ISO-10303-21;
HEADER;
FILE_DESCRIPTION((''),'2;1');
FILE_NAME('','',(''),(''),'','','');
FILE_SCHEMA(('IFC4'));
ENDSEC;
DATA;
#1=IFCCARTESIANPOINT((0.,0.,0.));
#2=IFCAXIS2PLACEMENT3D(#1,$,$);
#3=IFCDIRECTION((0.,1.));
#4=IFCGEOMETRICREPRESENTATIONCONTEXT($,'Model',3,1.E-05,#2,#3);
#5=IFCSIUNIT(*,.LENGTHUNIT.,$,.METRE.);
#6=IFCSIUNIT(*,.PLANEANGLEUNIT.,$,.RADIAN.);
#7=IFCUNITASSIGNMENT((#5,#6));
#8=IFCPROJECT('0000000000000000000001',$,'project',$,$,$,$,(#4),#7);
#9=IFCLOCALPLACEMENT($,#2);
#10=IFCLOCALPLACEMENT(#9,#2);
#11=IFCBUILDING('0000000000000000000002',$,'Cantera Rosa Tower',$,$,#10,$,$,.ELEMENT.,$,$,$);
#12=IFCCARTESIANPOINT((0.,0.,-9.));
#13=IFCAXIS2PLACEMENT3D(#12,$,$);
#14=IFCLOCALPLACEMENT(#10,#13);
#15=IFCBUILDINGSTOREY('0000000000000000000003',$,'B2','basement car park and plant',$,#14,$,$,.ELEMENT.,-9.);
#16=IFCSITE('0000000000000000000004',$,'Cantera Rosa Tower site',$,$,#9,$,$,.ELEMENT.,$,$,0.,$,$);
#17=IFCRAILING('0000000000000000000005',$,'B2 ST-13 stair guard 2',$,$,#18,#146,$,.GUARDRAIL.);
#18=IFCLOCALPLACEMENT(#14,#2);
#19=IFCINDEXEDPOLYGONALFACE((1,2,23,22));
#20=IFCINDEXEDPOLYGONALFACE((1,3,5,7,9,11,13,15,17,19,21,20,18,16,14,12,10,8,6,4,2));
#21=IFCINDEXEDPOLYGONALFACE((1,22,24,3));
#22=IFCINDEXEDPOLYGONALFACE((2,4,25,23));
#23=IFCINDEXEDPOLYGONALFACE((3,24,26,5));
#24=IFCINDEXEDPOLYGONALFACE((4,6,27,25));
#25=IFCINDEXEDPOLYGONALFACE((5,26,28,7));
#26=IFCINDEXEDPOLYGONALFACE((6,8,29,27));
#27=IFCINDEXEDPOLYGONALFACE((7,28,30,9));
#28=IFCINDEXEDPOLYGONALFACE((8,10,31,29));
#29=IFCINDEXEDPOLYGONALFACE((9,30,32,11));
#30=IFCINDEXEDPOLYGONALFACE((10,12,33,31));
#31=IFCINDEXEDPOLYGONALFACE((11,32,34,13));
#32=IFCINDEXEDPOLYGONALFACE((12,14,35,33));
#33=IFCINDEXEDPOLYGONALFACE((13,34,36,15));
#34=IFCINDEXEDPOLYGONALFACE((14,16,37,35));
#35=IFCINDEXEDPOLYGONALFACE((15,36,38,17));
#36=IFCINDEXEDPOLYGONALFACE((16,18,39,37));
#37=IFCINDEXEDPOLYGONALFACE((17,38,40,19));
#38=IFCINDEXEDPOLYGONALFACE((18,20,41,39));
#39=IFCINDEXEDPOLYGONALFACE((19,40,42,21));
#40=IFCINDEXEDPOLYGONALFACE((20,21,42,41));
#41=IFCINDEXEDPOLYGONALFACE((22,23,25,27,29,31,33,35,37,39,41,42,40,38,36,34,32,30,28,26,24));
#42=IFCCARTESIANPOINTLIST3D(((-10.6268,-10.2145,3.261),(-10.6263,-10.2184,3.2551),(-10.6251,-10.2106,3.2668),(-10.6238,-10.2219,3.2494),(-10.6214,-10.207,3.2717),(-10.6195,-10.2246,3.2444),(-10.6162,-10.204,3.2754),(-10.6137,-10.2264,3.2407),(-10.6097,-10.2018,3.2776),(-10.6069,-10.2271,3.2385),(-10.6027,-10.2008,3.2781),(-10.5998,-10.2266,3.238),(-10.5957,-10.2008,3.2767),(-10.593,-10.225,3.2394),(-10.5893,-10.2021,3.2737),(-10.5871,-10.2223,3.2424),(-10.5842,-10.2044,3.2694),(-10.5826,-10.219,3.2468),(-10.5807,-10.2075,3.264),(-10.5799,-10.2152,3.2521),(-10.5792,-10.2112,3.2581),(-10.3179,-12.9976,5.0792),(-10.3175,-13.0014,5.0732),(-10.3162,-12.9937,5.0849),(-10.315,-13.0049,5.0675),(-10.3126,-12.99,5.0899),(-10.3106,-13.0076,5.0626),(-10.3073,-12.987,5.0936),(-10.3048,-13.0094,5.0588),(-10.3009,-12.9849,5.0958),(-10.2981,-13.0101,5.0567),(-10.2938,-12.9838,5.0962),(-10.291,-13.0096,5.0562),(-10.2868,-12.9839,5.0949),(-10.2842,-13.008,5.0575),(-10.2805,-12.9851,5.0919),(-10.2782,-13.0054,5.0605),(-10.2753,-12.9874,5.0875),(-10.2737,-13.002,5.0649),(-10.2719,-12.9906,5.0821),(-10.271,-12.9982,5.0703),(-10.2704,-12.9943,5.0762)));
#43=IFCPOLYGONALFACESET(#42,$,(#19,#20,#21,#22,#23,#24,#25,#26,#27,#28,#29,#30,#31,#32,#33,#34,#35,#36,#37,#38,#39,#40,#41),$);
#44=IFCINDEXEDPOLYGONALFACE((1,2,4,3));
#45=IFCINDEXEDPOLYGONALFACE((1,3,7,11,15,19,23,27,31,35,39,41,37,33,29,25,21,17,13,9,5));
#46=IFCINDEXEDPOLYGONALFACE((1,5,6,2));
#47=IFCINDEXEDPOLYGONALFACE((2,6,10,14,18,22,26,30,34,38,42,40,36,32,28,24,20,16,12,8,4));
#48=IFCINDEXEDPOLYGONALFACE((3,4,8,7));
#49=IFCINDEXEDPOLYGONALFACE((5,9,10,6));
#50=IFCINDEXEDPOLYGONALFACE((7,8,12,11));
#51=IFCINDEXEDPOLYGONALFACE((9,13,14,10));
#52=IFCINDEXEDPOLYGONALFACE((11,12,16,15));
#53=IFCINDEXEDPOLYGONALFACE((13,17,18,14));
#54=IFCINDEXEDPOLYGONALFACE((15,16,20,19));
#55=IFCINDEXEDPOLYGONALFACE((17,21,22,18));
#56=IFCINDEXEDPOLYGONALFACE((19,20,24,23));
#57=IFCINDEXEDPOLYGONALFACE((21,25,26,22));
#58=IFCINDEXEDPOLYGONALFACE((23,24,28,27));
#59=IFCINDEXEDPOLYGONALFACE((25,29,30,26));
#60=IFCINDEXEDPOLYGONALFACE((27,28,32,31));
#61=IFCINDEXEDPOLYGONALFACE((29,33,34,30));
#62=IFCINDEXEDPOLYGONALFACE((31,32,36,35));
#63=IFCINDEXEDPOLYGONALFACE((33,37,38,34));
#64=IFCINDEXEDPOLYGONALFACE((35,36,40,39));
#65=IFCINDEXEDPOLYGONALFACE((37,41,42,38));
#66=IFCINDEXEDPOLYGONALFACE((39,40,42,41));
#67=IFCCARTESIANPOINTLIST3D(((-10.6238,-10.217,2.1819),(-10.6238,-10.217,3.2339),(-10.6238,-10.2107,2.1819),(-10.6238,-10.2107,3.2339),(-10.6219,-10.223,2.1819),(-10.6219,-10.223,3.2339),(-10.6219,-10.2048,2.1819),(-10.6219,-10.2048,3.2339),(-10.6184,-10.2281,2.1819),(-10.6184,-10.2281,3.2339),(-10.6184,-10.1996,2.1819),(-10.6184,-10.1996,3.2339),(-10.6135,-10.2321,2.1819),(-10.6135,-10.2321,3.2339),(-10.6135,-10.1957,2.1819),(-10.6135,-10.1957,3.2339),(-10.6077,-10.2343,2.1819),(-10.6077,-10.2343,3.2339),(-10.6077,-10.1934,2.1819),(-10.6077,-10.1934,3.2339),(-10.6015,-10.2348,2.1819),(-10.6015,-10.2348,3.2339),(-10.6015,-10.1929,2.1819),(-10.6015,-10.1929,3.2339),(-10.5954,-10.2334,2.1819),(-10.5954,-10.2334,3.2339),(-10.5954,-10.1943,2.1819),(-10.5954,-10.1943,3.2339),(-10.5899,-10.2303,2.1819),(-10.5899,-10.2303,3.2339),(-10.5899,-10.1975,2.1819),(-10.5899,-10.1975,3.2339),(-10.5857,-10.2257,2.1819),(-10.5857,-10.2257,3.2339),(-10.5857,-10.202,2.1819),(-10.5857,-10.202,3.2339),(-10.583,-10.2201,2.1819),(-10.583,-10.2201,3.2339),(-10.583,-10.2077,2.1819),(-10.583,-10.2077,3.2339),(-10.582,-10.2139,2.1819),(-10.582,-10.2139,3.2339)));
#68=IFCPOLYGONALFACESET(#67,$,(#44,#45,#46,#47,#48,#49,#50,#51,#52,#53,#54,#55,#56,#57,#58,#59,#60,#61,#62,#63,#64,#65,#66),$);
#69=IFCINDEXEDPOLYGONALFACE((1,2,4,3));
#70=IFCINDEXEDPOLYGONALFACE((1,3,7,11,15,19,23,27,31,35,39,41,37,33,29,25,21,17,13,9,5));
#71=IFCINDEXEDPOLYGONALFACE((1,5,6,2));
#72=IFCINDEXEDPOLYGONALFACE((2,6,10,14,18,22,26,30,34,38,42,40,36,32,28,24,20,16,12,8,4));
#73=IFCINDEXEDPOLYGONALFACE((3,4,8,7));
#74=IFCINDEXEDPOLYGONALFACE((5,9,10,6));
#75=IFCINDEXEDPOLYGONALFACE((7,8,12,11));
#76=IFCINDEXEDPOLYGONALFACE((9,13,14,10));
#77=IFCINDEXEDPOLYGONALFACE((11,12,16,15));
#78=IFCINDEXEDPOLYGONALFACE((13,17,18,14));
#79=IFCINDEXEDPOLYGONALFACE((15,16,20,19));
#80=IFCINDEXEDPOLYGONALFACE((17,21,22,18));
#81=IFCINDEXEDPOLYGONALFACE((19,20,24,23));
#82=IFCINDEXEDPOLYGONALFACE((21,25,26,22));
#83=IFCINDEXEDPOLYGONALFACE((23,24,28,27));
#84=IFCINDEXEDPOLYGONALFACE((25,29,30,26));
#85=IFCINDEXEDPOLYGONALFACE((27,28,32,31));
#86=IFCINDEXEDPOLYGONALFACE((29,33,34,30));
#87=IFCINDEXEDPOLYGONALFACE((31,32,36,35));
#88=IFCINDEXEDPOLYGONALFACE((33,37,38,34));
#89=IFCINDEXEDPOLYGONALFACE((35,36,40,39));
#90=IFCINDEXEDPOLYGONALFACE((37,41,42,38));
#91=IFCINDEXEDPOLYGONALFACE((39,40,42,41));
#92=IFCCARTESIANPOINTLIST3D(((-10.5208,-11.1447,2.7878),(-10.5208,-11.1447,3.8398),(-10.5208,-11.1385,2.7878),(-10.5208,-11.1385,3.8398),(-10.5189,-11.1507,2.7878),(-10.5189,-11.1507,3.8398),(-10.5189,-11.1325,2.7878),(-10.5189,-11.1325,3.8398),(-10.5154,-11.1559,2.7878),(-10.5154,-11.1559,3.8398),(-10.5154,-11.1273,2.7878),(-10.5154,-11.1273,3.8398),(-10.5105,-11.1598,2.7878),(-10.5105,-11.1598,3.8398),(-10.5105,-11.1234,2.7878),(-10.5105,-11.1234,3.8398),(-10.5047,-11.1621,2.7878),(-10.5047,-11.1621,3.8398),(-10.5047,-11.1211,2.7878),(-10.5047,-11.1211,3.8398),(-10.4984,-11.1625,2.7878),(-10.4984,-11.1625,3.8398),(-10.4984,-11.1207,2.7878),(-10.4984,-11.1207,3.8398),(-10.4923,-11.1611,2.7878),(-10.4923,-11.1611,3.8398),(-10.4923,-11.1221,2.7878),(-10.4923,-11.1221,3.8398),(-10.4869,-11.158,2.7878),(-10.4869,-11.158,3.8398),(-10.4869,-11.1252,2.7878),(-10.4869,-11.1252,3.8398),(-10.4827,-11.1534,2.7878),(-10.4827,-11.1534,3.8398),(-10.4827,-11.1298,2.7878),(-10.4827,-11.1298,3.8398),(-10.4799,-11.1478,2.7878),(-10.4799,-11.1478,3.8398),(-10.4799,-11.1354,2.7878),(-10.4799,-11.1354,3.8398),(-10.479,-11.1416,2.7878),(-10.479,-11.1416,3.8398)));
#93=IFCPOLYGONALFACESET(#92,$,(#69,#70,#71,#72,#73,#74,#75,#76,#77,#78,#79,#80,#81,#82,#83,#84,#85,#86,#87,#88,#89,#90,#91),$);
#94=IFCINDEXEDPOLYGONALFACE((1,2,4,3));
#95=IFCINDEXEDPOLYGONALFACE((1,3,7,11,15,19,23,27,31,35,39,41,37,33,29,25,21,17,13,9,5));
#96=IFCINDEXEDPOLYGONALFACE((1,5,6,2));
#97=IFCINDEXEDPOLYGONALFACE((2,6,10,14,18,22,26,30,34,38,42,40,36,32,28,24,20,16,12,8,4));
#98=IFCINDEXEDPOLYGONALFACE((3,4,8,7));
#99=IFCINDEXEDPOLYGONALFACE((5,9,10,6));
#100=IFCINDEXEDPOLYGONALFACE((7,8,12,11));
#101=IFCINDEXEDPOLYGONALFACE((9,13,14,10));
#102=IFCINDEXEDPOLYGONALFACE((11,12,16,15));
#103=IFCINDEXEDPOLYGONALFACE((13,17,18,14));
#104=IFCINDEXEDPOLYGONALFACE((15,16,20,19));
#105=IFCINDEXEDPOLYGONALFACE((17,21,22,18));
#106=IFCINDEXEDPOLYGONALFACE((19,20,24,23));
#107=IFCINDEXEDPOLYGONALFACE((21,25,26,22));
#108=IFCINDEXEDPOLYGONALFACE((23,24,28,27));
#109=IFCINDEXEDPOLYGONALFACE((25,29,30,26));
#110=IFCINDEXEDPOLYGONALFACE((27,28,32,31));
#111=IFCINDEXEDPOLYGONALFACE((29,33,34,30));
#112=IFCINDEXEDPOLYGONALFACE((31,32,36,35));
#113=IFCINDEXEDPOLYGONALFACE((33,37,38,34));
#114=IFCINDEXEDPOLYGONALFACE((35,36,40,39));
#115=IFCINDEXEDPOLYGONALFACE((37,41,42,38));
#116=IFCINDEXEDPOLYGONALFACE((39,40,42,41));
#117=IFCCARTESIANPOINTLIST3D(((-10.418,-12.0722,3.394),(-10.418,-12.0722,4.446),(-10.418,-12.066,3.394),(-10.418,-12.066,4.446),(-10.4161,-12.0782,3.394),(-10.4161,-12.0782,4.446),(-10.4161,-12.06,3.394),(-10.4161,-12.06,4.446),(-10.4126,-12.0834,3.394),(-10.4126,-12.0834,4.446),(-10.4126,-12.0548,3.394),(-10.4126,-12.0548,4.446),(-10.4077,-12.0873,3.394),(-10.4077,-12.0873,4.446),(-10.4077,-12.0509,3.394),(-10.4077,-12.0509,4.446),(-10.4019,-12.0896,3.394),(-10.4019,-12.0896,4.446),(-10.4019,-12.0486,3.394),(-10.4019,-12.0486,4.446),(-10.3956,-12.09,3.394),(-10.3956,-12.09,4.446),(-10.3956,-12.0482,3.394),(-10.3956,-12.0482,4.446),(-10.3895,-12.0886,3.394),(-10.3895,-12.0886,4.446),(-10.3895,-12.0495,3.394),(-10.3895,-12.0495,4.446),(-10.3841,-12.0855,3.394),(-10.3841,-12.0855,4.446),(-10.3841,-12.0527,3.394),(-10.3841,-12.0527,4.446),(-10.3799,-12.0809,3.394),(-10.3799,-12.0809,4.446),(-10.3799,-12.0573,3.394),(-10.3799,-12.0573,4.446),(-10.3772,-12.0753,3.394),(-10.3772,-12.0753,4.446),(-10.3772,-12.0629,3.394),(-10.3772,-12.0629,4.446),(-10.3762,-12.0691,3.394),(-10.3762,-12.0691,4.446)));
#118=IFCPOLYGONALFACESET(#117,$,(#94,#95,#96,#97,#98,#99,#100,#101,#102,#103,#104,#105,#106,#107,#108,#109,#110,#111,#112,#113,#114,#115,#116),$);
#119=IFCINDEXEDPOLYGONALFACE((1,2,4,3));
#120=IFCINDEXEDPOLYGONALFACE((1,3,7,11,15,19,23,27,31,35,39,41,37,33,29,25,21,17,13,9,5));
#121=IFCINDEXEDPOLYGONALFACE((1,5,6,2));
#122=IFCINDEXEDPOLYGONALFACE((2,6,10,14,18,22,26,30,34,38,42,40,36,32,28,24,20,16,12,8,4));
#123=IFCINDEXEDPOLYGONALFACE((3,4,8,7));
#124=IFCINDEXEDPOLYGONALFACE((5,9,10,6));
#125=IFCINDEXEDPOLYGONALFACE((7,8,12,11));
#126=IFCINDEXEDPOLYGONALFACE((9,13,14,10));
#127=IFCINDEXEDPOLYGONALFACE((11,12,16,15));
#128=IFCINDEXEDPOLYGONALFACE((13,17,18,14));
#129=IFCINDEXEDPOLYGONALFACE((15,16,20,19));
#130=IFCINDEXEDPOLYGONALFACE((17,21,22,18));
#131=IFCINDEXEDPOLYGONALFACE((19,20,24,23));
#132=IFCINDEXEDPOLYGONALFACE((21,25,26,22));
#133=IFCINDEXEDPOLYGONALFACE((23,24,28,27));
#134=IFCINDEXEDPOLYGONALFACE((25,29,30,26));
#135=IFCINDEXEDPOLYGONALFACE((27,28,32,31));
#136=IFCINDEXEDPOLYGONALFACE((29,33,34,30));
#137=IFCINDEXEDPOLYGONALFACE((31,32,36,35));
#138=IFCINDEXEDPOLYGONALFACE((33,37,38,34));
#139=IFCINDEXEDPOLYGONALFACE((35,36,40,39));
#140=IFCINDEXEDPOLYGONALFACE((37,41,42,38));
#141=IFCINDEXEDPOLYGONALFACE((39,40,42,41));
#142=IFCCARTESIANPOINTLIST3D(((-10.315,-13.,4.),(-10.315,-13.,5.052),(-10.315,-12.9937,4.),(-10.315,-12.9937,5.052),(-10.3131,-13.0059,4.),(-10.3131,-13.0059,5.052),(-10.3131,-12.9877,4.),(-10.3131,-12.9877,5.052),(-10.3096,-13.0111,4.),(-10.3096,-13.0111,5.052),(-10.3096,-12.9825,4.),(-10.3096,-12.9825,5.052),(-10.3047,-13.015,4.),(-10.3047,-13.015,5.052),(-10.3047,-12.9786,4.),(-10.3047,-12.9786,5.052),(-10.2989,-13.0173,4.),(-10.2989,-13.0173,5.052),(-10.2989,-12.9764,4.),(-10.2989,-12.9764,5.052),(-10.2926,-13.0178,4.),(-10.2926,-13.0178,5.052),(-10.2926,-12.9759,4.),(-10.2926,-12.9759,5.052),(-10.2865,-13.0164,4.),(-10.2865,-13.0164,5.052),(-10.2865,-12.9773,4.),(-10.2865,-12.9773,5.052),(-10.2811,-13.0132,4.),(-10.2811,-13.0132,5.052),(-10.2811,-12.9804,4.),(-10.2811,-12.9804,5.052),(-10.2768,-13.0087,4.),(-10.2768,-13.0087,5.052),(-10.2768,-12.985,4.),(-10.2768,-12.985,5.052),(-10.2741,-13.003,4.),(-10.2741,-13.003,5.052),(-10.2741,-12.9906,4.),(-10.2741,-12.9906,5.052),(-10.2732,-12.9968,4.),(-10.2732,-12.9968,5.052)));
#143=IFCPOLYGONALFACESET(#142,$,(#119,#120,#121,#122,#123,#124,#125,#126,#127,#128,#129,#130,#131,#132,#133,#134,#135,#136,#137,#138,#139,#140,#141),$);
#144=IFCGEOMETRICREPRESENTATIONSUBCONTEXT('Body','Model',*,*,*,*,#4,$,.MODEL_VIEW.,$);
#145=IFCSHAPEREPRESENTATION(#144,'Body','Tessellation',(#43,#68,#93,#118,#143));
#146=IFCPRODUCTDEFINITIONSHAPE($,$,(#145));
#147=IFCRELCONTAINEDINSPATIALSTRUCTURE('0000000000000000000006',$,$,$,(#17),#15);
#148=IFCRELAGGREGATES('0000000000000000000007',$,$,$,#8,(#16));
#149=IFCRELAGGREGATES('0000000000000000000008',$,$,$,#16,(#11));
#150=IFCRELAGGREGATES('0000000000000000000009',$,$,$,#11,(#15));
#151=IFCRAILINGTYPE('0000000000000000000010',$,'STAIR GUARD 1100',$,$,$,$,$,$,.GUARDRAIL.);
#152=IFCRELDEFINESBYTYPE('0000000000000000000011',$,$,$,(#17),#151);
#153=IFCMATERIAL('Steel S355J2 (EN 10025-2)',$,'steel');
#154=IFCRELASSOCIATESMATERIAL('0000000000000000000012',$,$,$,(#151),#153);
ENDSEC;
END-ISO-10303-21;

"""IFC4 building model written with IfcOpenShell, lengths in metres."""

from ifc_helpers import new_model, si_unit, direction, frame, origin, origin_2d, place, context, subcontext, project, spatial, circle, extrude, material, type_object, element, save


model = new_model("IFC4")

# Units and contexts
model_context = context("Model", 3, precision=1e-05, world=origin(), true_north=direction((0.0, 1.0)))
body_context = subcontext(model_context, "Body", "Model", "MODEL_VIEW")
ifc_project = project(units=[si_unit("LENGTHUNIT", "METRE"), si_unit("PLANEANGLEUNIT", "RADIAN")], contexts=[model_context])

# Site, building, storey
site_placement = place(None, origin())
site = spatial("IfcSite", under=ifc_project, at=site_placement, Name="Cantera Rosa Tower site", CompositionType="ELEMENT", RefElevation=0.0)
building_placement = place(site_placement, origin())
building = spatial("IfcBuilding", under=site, at=building_placement, Name="Cantera Rosa Tower", CompositionType="ELEMENT")
storey_placement = place(building_placement, frame((0.0, 0.0, -9.0)))
storey = spatial("IfcBuildingStorey", under=building, at=storey_placement, Name="B2", Description="basement car park and plant", CompositionType="ELEMENT", Elevation=-9.0)

# Railing
ifc_material_1 = material(Name="Steel S355J2 (EN 10025-2)", Category="steel")
railing_type_1 = type_object("IfcRailingType", Name="STAIR GUARD 1100", PredefinedType="GUARDRAIL", material=ifc_material_1)
railing_1_placement = place(storey_placement, frame((-10.603, -10.2139, 2.1819)))
element("IfcRailing", 1, at=railing_1_placement, inside=storey, type_object=railing_type_1, Name="B2 ST-13 stair guard 2", PredefinedType="GUARDRAIL", context=body_context, shape_type="SweptSolid", body=[
    extrude(circle(Radius=0.0239, at=origin_2d()), frame((0.0, 0.0, 1.0762), z_axis=(0.092507, -0.833588, 0.544586), x_axis=(0.993899, 0.110298, 0.0)), (0.0, 0.0, 1.0), 3.3386),
    extrude(circle(Radius=0.021, at=origin_2d()), origin(), (0.0, 0.0, 1.0), 1.052),
    extrude(circle(Radius=0.021, at=origin_2d()), frame((0.103, -0.9277, 0.606)), (0.0, 0.0, 1.0), 1.052),
    extrude(circle(Radius=0.021, at=origin_2d()), frame((0.2058, -1.8552, 1.2122)), (0.0, 0.0, 1.0), 1.052),
    extrude(circle(Radius=0.021, at=origin_2d()), frame((0.3088, -2.783, 1.8181)), (0.0, 0.0, 1.0), 1.052),
])

save(model, "model.ifc")
